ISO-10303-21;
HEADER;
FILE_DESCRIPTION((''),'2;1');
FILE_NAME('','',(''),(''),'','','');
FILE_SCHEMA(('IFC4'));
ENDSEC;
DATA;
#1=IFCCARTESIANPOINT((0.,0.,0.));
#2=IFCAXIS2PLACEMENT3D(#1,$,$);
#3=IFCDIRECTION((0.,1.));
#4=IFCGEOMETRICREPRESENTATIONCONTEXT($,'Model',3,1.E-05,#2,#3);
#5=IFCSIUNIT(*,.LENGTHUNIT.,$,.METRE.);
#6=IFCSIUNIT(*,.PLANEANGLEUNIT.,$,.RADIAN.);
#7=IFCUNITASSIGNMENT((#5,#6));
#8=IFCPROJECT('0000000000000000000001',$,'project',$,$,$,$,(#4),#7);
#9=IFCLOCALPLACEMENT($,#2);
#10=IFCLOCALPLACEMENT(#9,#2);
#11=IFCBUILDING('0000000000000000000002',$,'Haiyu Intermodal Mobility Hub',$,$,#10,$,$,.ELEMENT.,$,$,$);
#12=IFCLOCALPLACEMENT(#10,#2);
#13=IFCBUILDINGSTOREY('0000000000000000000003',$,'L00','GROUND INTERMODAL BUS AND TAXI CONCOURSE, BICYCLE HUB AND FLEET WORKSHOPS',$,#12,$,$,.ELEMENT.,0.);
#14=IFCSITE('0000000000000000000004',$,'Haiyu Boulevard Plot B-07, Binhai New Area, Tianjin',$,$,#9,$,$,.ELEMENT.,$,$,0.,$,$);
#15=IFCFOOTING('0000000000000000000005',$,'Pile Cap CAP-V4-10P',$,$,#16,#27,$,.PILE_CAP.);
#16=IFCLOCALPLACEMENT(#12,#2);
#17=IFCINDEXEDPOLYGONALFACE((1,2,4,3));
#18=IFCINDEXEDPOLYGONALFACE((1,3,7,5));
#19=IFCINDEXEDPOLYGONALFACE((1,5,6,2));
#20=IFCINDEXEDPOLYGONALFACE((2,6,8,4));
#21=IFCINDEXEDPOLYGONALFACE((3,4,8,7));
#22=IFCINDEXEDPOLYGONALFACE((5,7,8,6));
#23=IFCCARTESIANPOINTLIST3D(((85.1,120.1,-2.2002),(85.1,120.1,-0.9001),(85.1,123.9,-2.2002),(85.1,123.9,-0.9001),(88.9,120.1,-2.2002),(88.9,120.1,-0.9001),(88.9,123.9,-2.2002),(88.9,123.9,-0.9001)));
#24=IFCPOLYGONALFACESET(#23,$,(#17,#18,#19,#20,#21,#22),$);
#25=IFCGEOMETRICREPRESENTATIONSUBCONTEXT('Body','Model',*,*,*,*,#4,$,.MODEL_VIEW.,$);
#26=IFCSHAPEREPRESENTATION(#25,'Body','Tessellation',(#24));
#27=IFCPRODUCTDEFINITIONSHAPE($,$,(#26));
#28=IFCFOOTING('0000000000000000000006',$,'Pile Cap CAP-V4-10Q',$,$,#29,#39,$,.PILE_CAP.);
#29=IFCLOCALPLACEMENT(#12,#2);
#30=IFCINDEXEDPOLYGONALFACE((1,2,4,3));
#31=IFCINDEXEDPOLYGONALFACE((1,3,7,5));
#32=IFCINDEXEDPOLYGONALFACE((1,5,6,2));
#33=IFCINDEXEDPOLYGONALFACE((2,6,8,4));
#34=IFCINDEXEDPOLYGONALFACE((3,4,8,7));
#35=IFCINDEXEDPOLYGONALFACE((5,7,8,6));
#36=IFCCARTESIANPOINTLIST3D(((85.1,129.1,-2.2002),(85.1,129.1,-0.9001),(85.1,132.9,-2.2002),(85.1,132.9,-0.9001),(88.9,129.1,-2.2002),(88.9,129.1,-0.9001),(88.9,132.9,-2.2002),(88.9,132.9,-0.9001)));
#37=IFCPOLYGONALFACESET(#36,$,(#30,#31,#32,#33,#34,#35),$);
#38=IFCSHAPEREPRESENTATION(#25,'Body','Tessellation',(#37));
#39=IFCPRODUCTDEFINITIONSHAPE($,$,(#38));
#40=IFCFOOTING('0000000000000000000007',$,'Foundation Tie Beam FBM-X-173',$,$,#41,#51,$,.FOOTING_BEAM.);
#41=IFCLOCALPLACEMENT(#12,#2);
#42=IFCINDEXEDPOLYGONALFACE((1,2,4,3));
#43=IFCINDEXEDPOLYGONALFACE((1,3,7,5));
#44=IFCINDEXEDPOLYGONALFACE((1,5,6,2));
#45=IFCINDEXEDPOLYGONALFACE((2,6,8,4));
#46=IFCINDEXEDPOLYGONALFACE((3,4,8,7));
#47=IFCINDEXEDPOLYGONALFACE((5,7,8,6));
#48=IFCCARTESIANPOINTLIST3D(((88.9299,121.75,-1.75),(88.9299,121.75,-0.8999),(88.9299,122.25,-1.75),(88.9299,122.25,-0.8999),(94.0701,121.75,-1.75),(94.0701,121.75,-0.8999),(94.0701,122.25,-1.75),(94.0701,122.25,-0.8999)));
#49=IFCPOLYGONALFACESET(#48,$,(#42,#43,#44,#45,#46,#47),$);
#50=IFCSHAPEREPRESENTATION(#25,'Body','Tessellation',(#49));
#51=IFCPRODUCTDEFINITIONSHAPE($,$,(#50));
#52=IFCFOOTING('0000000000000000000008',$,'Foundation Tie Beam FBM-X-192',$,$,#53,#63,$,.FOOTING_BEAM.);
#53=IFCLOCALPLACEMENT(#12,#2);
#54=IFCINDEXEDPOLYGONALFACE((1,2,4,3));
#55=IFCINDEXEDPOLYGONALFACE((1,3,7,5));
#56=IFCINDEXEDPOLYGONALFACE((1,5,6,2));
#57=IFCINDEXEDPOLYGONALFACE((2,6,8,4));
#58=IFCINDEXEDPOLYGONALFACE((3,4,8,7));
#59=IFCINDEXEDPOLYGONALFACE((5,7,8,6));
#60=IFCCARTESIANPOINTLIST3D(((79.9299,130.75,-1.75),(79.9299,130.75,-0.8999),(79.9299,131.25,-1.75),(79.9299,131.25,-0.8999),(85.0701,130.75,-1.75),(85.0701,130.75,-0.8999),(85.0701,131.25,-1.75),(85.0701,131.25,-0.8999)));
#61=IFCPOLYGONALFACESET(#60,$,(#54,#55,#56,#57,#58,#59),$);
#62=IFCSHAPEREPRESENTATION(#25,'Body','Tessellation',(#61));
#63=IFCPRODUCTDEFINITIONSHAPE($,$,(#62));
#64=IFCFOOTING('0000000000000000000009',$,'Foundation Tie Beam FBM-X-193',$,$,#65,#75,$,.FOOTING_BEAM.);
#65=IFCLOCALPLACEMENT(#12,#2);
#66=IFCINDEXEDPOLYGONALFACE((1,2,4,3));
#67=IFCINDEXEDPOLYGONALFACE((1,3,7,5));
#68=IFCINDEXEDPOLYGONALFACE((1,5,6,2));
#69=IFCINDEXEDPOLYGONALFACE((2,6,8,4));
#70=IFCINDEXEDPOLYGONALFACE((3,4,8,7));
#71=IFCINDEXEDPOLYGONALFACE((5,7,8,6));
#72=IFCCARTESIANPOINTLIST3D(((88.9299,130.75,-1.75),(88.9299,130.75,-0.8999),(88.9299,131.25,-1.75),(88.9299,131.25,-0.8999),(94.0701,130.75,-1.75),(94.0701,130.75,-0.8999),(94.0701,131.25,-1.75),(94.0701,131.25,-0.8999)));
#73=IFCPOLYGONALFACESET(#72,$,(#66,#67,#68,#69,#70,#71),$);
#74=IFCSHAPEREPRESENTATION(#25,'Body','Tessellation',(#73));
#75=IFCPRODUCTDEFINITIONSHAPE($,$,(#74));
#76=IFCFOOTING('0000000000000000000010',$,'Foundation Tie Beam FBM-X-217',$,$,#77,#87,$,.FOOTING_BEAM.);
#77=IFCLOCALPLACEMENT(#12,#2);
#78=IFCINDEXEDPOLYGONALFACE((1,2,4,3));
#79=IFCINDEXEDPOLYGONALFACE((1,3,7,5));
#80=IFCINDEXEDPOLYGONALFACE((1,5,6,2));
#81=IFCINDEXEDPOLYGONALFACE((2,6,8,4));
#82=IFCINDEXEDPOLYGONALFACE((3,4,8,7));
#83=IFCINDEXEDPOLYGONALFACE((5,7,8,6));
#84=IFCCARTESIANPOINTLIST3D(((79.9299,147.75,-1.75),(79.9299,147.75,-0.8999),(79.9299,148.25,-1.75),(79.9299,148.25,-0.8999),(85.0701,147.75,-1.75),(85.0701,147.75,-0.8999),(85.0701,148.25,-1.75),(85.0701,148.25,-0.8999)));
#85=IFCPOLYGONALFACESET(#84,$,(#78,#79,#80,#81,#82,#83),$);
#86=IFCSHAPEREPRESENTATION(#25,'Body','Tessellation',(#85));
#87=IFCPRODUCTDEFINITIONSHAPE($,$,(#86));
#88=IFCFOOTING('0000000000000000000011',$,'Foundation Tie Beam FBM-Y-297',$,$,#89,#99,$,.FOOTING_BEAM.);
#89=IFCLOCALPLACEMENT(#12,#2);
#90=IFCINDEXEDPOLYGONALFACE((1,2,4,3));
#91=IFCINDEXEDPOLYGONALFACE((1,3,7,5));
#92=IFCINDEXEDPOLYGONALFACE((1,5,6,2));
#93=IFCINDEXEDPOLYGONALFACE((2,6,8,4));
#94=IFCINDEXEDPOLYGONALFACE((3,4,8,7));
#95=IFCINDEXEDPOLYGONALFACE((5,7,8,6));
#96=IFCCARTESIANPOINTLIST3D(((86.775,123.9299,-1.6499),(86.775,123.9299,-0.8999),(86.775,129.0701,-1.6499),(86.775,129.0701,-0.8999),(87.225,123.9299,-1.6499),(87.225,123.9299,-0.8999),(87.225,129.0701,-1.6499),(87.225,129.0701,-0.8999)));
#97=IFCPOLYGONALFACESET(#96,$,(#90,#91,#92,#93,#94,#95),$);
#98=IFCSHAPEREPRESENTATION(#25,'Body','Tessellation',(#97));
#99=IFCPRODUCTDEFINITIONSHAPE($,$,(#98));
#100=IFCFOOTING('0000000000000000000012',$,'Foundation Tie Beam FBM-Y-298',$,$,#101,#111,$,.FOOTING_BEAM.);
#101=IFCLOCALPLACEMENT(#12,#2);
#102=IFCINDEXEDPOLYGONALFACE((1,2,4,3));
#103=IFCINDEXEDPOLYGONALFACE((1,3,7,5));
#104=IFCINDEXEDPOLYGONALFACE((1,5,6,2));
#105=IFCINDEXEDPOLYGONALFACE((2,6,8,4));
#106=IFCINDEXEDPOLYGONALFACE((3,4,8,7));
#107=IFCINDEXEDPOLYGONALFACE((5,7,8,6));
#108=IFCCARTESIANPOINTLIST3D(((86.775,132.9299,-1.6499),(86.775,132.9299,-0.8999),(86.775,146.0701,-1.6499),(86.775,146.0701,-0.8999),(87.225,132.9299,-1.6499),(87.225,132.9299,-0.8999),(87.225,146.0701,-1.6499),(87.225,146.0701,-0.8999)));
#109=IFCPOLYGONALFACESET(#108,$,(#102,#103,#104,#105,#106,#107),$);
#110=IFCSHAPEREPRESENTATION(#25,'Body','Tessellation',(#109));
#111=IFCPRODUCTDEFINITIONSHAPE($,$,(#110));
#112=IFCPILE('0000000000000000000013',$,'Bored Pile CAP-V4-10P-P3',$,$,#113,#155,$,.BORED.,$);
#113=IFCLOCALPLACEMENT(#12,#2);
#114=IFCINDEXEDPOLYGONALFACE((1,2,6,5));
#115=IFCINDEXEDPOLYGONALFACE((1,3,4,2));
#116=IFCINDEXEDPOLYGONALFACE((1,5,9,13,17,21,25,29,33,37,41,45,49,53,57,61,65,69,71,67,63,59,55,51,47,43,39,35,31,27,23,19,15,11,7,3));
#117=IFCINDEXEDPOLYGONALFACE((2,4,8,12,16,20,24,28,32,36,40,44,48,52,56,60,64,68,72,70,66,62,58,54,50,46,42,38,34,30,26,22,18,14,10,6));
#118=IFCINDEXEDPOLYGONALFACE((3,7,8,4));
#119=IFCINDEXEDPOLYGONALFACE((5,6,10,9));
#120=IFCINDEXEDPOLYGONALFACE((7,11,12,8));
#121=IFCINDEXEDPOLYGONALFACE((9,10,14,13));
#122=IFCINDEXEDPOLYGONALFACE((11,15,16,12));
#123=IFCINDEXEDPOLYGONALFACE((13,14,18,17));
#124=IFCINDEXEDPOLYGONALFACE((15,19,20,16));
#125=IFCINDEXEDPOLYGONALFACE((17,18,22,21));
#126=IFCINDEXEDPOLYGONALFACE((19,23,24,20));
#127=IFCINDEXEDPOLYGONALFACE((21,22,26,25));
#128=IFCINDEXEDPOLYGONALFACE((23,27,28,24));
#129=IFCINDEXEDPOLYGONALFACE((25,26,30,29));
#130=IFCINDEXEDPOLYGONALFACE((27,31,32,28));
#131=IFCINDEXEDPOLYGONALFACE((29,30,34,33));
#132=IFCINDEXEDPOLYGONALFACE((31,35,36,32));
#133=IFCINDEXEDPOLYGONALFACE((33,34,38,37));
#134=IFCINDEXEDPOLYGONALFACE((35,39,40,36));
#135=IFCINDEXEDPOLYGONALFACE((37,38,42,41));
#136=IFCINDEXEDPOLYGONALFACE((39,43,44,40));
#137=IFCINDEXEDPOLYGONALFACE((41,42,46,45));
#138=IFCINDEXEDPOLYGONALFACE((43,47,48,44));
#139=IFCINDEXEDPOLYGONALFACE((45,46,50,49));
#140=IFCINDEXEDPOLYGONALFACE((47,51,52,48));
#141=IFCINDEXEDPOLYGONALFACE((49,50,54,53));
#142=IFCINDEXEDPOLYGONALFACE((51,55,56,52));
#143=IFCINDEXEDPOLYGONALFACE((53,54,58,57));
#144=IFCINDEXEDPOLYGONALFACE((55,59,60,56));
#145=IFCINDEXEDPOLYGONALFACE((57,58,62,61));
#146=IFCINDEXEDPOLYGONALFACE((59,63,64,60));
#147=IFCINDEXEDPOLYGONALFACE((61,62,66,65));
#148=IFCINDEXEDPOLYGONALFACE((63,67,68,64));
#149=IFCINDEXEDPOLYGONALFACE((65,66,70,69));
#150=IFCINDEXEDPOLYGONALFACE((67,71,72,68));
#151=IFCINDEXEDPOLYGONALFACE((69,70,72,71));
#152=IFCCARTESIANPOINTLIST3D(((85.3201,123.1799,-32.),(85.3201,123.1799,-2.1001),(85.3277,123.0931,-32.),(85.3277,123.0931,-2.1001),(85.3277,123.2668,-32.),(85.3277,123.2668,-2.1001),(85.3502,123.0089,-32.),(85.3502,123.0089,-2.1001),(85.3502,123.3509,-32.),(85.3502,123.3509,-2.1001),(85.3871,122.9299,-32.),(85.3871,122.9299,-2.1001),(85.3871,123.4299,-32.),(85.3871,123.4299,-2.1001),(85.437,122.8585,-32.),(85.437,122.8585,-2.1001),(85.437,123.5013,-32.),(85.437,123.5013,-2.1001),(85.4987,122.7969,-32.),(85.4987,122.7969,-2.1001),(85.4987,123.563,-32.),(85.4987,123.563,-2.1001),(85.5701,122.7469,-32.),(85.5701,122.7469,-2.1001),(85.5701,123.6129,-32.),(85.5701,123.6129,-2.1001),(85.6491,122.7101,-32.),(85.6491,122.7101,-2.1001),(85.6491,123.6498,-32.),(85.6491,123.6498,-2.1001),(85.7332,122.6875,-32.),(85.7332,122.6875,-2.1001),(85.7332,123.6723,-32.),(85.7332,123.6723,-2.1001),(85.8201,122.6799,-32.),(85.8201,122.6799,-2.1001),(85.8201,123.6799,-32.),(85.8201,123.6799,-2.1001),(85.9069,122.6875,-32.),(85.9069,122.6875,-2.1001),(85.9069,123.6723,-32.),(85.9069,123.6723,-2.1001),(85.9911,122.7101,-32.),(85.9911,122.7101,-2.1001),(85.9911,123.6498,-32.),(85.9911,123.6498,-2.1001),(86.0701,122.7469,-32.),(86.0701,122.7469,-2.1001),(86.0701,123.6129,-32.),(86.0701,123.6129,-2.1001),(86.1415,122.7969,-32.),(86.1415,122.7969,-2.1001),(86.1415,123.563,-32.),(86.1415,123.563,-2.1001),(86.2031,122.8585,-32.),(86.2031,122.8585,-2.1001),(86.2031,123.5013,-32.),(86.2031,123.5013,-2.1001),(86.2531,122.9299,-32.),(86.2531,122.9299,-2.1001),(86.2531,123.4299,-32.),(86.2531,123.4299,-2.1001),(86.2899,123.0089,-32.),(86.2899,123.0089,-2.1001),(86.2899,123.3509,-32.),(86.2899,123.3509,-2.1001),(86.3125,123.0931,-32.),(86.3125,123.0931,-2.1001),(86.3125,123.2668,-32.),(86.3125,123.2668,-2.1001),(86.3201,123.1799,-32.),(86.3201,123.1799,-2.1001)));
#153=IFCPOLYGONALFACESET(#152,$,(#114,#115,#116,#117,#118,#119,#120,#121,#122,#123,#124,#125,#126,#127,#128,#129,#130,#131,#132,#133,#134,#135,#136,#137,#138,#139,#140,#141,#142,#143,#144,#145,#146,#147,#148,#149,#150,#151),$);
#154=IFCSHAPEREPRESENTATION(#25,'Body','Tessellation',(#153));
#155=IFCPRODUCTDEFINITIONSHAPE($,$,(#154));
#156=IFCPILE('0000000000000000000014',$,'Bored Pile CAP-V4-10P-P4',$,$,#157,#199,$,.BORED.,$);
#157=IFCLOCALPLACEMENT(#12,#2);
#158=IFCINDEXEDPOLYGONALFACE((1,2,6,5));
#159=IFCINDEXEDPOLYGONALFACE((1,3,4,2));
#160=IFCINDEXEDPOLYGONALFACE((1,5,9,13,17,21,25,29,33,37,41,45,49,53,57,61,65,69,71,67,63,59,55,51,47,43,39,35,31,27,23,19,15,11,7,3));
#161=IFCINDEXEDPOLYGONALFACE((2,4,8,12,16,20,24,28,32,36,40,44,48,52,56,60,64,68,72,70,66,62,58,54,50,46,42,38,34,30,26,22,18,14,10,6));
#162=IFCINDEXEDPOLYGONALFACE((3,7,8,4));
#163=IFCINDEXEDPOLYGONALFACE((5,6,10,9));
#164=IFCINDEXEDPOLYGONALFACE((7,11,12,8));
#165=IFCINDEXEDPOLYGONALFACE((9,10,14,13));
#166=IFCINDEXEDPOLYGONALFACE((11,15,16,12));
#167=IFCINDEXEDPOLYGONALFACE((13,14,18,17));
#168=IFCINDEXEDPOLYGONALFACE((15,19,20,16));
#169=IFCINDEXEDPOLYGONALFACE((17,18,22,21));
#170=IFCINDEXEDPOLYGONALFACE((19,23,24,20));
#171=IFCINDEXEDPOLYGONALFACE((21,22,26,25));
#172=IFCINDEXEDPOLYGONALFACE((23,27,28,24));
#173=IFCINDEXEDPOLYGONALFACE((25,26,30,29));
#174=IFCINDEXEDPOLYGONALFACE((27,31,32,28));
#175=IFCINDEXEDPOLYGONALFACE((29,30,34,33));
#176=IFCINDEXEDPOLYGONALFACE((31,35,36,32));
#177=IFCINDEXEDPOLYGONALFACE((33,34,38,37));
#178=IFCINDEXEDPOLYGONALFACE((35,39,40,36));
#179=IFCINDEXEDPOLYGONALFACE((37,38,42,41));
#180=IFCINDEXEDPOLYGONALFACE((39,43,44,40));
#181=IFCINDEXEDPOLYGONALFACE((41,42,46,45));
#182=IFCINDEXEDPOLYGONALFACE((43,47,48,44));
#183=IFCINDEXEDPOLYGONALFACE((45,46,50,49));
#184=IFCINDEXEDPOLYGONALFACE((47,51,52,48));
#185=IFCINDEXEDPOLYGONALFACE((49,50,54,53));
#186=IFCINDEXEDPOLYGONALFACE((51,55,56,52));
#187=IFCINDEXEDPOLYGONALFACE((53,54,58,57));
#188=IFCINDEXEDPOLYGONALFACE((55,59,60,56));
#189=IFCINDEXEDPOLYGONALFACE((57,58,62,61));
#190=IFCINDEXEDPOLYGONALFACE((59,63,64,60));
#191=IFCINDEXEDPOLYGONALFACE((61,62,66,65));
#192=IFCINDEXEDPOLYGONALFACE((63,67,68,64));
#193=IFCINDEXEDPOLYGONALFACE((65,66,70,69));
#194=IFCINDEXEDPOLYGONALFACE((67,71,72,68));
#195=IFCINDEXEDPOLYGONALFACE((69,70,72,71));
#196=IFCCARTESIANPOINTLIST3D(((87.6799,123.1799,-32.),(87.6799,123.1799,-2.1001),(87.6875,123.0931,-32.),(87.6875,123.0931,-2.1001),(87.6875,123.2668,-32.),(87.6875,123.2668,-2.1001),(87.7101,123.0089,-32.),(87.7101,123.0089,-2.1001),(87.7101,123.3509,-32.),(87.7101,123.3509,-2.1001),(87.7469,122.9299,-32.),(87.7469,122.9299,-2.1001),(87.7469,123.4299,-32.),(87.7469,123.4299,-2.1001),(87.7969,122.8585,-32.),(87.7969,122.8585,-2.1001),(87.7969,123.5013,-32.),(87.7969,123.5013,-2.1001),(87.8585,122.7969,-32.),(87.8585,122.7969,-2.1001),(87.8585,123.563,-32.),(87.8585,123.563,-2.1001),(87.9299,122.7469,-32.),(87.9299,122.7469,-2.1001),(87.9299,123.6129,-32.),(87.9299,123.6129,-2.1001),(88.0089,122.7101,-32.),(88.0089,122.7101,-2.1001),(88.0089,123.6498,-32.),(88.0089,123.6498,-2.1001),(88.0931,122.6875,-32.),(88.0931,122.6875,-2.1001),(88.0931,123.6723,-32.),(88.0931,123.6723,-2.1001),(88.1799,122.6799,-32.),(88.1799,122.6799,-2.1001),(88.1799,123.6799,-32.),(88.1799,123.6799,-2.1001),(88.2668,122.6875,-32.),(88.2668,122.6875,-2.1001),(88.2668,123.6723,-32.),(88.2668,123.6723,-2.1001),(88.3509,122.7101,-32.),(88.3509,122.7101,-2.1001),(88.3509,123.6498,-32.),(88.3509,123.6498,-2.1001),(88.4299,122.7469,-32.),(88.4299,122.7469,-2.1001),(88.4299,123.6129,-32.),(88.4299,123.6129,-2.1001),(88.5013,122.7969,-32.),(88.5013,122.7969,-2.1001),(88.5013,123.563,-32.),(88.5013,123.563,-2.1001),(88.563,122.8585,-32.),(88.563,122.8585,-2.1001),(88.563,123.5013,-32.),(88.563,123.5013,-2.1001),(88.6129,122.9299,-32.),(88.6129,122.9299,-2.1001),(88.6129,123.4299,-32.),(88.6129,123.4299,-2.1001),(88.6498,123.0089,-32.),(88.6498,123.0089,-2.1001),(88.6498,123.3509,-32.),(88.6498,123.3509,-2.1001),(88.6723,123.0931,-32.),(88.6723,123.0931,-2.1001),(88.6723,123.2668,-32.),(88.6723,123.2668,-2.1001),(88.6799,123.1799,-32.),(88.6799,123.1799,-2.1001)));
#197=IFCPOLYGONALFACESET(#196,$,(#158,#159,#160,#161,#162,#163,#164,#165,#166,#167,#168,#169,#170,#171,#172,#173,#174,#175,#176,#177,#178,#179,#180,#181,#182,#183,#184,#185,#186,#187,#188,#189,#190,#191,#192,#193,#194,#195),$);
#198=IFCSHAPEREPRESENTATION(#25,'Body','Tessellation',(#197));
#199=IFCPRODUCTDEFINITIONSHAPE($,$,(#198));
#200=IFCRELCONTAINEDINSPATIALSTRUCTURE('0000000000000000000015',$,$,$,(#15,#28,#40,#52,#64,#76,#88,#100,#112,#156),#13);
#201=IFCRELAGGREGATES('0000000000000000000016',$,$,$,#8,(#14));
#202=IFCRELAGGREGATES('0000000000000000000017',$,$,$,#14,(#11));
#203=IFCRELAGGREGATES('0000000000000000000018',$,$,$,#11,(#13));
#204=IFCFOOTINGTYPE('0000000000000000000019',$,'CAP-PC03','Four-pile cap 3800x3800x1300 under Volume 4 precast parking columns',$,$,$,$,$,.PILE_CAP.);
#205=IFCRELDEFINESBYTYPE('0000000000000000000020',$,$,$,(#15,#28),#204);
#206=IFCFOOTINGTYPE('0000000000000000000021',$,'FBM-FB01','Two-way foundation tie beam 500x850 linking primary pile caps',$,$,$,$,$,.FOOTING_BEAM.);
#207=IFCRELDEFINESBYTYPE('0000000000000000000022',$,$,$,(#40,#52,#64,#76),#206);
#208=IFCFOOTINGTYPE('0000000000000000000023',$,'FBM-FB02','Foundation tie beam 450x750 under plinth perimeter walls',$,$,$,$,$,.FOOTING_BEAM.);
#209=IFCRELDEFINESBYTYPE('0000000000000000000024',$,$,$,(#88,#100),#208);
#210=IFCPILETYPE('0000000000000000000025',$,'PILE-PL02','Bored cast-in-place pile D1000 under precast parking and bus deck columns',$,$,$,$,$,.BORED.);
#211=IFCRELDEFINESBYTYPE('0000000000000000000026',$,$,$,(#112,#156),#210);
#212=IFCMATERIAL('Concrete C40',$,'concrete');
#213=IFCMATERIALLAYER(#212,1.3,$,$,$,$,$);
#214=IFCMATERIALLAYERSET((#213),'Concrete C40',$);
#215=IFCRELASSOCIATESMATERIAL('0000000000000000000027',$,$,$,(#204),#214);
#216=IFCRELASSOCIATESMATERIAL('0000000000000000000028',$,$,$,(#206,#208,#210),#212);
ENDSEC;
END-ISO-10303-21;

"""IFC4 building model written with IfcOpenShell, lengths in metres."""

from ifc_helpers import new_model, si_unit, direction, frame, origin, origin_2d, place, context, subcontext, project, spatial, rectangle, circle, extrude, material, layer, layer_set, material_profile, profile_set, type_object, element, save


model = new_model("IFC4")

# Units and contexts
model_context = context("Model", 3, precision=1e-05, world=origin(), true_north=direction((0.0, 1.0)))
body_context = subcontext(model_context, "Body", "Model", "MODEL_VIEW")
ifc_project = project(units=[si_unit("LENGTHUNIT", "METRE"), si_unit("PLANEANGLEUNIT", "RADIAN")], contexts=[model_context])

# Site, building, storey
site_placement = place(None, origin())
site = spatial("IfcSite", under=ifc_project, at=site_placement, Name="Haiyu Boulevard Plot B-07, Binhai New Area, Tianjin", CompositionType="ELEMENT", RefElevation=0.0)
building_placement = place(site_placement, origin())
building = spatial("IfcBuilding", under=site, at=building_placement, Name="Haiyu Intermodal Mobility Hub", CompositionType="ELEMENT")
storey_placement = place(building_placement, origin())
storey = spatial("IfcBuildingStorey", under=building, at=storey_placement, Name="L00", Description="GROUND INTERMODAL BUS AND TAXI CONCOURSE, BICYCLE HUB AND FLEET WORKSHOPS", CompositionType="ELEMENT", Elevation=0.0)

# Footings
ifc_material_1 = material(Name="Concrete C40", Category="concrete")
ifc_layer_1 = layer(ifc_material_1, 1.3)
ifc_layer_set_1 = layer_set([ifc_layer_1], Name="Concrete C40")
footing_type_1 = type_object("IfcFootingType", Name="CAP-PC03", Description="Four-pile cap 3800x3800x1300 under Volume 4 precast parking columns", PredefinedType="PILE_CAP", material=ifc_layer_set_1)
for number, where, z_axis, x_axis, name in (
    (1, (87.0, 122.0, -2.2002), (0.0, 0.0, 1.0), (1.0, 0.0, 0.0), "Pile Cap CAP-V4-10P"),
    (2, (87.0, 131.0, -2.2002), (0.0, 0.0, 1.0), (1.0, 0.0, 0.0), "Pile Cap CAP-V4-10Q"),
):
    element("IfcFooting", number, at=place(storey_placement, frame(where, z_axis=z_axis, x_axis=x_axis)), inside=storey, type_object=footing_type_1, Name=name, PredefinedType="PILE_CAP", context=body_context, shape_type="SweptSolid", body=[
        extrude(rectangle(XDim=3.8, YDim=3.8, at=origin_2d()), origin(), (0.0, 0.0, 1.0), 1.3),
    ])
ifc_material_profile_1 = material_profile(ifc_material_1, rectangle(XDim=0.5, YDim=0.8501, at=origin_2d()), Name="FB500x850")
ifc_profile_set_1 = profile_set([ifc_material_profile_1], Name="Concrete C40")
footing_type_2 = type_object("IfcFootingType", Name="FBM-FB01", Description="Two-way foundation tie beam 500x850 linking primary pile caps", PredefinedType="FOOTING_BEAM", material=ifc_profile_set_1)
for number, where, z_axis, x_axis, name in (
    (3, (88.9299, 122.0, -1.325), (1.0, 0.0, 0.0), (0.0, 1.0, 0.0), "Foundation Tie Beam FBM-X-173"),
    (4, (79.9299, 131.0, -1.325), (1.0, 0.0, 0.0), (0.0, 1.0, 0.0), "Foundation Tie Beam FBM-X-192"),
    (5, (88.9299, 131.0, -1.325), (1.0, 0.0, 0.0), (0.0, 1.0, 0.0), "Foundation Tie Beam FBM-X-193"),
    (6, (79.9299, 148.0, -1.325), (1.0, 0.0, 0.0), (0.0, 1.0, 0.0), "Foundation Tie Beam FBM-X-217"),
):
    element("IfcFooting", number, at=place(storey_placement, frame(where, z_axis=z_axis, x_axis=x_axis)), inside=storey, type_object=footing_type_2, Name=name, PredefinedType="FOOTING_BEAM", context=body_context, shape_type="SweptSolid", body=[
        extrude(rectangle(XDim=0.5, YDim=0.8501, at=origin_2d()), origin(), (0.0, 0.0, 1.0), 5.1401),
    ])
ifc_material_profile_2 = material_profile(ifc_material_1, rectangle(XDim=0.45, YDim=0.75, at=origin_2d()), Name="FB450x750")
ifc_profile_set_2 = profile_set([ifc_material_profile_2], Name="Concrete C40")
footing_type_3 = type_object("IfcFootingType", Name="FBM-FB02", Description="Foundation tie beam 450x750 under plinth perimeter walls", PredefinedType="FOOTING_BEAM", material=ifc_profile_set_2)
footing_1_placement = place(storey_placement, frame((87.0, 123.9299, -1.2749), z_axis=(0.0, 1.0, 0.0), x_axis=(-1.0, 0.0, 0.0)))
element("IfcFooting", 7, at=footing_1_placement, inside=storey, type_object=footing_type_3, Name="Foundation Tie Beam FBM-Y-297", PredefinedType="FOOTING_BEAM", context=body_context, shape_type="SweptSolid", body=[
    extrude(rectangle(XDim=0.45, YDim=0.75, at=origin_2d()), origin(), (0.0, 0.0, 1.0), 5.1401),
])
footing_2_placement = place(storey_placement, frame((87.0, 132.9299, -1.2749), z_axis=(0.0, 1.0, 0.0), x_axis=(-1.0, 0.0, 0.0)))
element("IfcFooting", 8, at=footing_2_placement, inside=storey, type_object=footing_type_3, Name="Foundation Tie Beam FBM-Y-298", PredefinedType="FOOTING_BEAM", context=body_context, shape_type="SweptSolid", body=[
    extrude(rectangle(XDim=0.45, YDim=0.75, at=origin_2d()), origin(), (0.0, 0.0, 1.0), 13.1401),
])

# Piles
ifc_material_profile_3 = material_profile(ifc_material_1, circle(Radius=0.5, at=origin_2d()), Name="PILE-D1000")
ifc_profile_set_3 = profile_set([ifc_material_profile_3], Name="Concrete C40")
pile_type = type_object("IfcPileType", Name="PILE-PL02", Description="Bored cast-in-place pile D1000 under precast parking and bus deck columns", PredefinedType="BORED", material=ifc_profile_set_3)
for number, where, z_axis, x_axis, name in (
    (9, (85.8201, 123.1799, -2.1001), (0.0, 0.0, -1.0), (1.0, 0.0, 0.0), "Bored Pile CAP-V4-10P-P3"),
    (10, (88.1799, 123.1799, -2.1001), (0.0, 0.0, -1.0), (1.0, 0.0, 0.0), "Bored Pile CAP-V4-10P-P4"),
):
    element("IfcPile", number, at=place(storey_placement, frame(where, z_axis=z_axis, x_axis=x_axis)), inside=storey, type_object=pile_type, Name=name, PredefinedType="BORED", context=body_context, shape_type="SweptSolid", body=[
        extrude(circle(Radius=0.5, at=origin_2d()), origin(), (0.0, 0.0, 1.0), 29.8999),
    ])

save(model, "model.ifc")
